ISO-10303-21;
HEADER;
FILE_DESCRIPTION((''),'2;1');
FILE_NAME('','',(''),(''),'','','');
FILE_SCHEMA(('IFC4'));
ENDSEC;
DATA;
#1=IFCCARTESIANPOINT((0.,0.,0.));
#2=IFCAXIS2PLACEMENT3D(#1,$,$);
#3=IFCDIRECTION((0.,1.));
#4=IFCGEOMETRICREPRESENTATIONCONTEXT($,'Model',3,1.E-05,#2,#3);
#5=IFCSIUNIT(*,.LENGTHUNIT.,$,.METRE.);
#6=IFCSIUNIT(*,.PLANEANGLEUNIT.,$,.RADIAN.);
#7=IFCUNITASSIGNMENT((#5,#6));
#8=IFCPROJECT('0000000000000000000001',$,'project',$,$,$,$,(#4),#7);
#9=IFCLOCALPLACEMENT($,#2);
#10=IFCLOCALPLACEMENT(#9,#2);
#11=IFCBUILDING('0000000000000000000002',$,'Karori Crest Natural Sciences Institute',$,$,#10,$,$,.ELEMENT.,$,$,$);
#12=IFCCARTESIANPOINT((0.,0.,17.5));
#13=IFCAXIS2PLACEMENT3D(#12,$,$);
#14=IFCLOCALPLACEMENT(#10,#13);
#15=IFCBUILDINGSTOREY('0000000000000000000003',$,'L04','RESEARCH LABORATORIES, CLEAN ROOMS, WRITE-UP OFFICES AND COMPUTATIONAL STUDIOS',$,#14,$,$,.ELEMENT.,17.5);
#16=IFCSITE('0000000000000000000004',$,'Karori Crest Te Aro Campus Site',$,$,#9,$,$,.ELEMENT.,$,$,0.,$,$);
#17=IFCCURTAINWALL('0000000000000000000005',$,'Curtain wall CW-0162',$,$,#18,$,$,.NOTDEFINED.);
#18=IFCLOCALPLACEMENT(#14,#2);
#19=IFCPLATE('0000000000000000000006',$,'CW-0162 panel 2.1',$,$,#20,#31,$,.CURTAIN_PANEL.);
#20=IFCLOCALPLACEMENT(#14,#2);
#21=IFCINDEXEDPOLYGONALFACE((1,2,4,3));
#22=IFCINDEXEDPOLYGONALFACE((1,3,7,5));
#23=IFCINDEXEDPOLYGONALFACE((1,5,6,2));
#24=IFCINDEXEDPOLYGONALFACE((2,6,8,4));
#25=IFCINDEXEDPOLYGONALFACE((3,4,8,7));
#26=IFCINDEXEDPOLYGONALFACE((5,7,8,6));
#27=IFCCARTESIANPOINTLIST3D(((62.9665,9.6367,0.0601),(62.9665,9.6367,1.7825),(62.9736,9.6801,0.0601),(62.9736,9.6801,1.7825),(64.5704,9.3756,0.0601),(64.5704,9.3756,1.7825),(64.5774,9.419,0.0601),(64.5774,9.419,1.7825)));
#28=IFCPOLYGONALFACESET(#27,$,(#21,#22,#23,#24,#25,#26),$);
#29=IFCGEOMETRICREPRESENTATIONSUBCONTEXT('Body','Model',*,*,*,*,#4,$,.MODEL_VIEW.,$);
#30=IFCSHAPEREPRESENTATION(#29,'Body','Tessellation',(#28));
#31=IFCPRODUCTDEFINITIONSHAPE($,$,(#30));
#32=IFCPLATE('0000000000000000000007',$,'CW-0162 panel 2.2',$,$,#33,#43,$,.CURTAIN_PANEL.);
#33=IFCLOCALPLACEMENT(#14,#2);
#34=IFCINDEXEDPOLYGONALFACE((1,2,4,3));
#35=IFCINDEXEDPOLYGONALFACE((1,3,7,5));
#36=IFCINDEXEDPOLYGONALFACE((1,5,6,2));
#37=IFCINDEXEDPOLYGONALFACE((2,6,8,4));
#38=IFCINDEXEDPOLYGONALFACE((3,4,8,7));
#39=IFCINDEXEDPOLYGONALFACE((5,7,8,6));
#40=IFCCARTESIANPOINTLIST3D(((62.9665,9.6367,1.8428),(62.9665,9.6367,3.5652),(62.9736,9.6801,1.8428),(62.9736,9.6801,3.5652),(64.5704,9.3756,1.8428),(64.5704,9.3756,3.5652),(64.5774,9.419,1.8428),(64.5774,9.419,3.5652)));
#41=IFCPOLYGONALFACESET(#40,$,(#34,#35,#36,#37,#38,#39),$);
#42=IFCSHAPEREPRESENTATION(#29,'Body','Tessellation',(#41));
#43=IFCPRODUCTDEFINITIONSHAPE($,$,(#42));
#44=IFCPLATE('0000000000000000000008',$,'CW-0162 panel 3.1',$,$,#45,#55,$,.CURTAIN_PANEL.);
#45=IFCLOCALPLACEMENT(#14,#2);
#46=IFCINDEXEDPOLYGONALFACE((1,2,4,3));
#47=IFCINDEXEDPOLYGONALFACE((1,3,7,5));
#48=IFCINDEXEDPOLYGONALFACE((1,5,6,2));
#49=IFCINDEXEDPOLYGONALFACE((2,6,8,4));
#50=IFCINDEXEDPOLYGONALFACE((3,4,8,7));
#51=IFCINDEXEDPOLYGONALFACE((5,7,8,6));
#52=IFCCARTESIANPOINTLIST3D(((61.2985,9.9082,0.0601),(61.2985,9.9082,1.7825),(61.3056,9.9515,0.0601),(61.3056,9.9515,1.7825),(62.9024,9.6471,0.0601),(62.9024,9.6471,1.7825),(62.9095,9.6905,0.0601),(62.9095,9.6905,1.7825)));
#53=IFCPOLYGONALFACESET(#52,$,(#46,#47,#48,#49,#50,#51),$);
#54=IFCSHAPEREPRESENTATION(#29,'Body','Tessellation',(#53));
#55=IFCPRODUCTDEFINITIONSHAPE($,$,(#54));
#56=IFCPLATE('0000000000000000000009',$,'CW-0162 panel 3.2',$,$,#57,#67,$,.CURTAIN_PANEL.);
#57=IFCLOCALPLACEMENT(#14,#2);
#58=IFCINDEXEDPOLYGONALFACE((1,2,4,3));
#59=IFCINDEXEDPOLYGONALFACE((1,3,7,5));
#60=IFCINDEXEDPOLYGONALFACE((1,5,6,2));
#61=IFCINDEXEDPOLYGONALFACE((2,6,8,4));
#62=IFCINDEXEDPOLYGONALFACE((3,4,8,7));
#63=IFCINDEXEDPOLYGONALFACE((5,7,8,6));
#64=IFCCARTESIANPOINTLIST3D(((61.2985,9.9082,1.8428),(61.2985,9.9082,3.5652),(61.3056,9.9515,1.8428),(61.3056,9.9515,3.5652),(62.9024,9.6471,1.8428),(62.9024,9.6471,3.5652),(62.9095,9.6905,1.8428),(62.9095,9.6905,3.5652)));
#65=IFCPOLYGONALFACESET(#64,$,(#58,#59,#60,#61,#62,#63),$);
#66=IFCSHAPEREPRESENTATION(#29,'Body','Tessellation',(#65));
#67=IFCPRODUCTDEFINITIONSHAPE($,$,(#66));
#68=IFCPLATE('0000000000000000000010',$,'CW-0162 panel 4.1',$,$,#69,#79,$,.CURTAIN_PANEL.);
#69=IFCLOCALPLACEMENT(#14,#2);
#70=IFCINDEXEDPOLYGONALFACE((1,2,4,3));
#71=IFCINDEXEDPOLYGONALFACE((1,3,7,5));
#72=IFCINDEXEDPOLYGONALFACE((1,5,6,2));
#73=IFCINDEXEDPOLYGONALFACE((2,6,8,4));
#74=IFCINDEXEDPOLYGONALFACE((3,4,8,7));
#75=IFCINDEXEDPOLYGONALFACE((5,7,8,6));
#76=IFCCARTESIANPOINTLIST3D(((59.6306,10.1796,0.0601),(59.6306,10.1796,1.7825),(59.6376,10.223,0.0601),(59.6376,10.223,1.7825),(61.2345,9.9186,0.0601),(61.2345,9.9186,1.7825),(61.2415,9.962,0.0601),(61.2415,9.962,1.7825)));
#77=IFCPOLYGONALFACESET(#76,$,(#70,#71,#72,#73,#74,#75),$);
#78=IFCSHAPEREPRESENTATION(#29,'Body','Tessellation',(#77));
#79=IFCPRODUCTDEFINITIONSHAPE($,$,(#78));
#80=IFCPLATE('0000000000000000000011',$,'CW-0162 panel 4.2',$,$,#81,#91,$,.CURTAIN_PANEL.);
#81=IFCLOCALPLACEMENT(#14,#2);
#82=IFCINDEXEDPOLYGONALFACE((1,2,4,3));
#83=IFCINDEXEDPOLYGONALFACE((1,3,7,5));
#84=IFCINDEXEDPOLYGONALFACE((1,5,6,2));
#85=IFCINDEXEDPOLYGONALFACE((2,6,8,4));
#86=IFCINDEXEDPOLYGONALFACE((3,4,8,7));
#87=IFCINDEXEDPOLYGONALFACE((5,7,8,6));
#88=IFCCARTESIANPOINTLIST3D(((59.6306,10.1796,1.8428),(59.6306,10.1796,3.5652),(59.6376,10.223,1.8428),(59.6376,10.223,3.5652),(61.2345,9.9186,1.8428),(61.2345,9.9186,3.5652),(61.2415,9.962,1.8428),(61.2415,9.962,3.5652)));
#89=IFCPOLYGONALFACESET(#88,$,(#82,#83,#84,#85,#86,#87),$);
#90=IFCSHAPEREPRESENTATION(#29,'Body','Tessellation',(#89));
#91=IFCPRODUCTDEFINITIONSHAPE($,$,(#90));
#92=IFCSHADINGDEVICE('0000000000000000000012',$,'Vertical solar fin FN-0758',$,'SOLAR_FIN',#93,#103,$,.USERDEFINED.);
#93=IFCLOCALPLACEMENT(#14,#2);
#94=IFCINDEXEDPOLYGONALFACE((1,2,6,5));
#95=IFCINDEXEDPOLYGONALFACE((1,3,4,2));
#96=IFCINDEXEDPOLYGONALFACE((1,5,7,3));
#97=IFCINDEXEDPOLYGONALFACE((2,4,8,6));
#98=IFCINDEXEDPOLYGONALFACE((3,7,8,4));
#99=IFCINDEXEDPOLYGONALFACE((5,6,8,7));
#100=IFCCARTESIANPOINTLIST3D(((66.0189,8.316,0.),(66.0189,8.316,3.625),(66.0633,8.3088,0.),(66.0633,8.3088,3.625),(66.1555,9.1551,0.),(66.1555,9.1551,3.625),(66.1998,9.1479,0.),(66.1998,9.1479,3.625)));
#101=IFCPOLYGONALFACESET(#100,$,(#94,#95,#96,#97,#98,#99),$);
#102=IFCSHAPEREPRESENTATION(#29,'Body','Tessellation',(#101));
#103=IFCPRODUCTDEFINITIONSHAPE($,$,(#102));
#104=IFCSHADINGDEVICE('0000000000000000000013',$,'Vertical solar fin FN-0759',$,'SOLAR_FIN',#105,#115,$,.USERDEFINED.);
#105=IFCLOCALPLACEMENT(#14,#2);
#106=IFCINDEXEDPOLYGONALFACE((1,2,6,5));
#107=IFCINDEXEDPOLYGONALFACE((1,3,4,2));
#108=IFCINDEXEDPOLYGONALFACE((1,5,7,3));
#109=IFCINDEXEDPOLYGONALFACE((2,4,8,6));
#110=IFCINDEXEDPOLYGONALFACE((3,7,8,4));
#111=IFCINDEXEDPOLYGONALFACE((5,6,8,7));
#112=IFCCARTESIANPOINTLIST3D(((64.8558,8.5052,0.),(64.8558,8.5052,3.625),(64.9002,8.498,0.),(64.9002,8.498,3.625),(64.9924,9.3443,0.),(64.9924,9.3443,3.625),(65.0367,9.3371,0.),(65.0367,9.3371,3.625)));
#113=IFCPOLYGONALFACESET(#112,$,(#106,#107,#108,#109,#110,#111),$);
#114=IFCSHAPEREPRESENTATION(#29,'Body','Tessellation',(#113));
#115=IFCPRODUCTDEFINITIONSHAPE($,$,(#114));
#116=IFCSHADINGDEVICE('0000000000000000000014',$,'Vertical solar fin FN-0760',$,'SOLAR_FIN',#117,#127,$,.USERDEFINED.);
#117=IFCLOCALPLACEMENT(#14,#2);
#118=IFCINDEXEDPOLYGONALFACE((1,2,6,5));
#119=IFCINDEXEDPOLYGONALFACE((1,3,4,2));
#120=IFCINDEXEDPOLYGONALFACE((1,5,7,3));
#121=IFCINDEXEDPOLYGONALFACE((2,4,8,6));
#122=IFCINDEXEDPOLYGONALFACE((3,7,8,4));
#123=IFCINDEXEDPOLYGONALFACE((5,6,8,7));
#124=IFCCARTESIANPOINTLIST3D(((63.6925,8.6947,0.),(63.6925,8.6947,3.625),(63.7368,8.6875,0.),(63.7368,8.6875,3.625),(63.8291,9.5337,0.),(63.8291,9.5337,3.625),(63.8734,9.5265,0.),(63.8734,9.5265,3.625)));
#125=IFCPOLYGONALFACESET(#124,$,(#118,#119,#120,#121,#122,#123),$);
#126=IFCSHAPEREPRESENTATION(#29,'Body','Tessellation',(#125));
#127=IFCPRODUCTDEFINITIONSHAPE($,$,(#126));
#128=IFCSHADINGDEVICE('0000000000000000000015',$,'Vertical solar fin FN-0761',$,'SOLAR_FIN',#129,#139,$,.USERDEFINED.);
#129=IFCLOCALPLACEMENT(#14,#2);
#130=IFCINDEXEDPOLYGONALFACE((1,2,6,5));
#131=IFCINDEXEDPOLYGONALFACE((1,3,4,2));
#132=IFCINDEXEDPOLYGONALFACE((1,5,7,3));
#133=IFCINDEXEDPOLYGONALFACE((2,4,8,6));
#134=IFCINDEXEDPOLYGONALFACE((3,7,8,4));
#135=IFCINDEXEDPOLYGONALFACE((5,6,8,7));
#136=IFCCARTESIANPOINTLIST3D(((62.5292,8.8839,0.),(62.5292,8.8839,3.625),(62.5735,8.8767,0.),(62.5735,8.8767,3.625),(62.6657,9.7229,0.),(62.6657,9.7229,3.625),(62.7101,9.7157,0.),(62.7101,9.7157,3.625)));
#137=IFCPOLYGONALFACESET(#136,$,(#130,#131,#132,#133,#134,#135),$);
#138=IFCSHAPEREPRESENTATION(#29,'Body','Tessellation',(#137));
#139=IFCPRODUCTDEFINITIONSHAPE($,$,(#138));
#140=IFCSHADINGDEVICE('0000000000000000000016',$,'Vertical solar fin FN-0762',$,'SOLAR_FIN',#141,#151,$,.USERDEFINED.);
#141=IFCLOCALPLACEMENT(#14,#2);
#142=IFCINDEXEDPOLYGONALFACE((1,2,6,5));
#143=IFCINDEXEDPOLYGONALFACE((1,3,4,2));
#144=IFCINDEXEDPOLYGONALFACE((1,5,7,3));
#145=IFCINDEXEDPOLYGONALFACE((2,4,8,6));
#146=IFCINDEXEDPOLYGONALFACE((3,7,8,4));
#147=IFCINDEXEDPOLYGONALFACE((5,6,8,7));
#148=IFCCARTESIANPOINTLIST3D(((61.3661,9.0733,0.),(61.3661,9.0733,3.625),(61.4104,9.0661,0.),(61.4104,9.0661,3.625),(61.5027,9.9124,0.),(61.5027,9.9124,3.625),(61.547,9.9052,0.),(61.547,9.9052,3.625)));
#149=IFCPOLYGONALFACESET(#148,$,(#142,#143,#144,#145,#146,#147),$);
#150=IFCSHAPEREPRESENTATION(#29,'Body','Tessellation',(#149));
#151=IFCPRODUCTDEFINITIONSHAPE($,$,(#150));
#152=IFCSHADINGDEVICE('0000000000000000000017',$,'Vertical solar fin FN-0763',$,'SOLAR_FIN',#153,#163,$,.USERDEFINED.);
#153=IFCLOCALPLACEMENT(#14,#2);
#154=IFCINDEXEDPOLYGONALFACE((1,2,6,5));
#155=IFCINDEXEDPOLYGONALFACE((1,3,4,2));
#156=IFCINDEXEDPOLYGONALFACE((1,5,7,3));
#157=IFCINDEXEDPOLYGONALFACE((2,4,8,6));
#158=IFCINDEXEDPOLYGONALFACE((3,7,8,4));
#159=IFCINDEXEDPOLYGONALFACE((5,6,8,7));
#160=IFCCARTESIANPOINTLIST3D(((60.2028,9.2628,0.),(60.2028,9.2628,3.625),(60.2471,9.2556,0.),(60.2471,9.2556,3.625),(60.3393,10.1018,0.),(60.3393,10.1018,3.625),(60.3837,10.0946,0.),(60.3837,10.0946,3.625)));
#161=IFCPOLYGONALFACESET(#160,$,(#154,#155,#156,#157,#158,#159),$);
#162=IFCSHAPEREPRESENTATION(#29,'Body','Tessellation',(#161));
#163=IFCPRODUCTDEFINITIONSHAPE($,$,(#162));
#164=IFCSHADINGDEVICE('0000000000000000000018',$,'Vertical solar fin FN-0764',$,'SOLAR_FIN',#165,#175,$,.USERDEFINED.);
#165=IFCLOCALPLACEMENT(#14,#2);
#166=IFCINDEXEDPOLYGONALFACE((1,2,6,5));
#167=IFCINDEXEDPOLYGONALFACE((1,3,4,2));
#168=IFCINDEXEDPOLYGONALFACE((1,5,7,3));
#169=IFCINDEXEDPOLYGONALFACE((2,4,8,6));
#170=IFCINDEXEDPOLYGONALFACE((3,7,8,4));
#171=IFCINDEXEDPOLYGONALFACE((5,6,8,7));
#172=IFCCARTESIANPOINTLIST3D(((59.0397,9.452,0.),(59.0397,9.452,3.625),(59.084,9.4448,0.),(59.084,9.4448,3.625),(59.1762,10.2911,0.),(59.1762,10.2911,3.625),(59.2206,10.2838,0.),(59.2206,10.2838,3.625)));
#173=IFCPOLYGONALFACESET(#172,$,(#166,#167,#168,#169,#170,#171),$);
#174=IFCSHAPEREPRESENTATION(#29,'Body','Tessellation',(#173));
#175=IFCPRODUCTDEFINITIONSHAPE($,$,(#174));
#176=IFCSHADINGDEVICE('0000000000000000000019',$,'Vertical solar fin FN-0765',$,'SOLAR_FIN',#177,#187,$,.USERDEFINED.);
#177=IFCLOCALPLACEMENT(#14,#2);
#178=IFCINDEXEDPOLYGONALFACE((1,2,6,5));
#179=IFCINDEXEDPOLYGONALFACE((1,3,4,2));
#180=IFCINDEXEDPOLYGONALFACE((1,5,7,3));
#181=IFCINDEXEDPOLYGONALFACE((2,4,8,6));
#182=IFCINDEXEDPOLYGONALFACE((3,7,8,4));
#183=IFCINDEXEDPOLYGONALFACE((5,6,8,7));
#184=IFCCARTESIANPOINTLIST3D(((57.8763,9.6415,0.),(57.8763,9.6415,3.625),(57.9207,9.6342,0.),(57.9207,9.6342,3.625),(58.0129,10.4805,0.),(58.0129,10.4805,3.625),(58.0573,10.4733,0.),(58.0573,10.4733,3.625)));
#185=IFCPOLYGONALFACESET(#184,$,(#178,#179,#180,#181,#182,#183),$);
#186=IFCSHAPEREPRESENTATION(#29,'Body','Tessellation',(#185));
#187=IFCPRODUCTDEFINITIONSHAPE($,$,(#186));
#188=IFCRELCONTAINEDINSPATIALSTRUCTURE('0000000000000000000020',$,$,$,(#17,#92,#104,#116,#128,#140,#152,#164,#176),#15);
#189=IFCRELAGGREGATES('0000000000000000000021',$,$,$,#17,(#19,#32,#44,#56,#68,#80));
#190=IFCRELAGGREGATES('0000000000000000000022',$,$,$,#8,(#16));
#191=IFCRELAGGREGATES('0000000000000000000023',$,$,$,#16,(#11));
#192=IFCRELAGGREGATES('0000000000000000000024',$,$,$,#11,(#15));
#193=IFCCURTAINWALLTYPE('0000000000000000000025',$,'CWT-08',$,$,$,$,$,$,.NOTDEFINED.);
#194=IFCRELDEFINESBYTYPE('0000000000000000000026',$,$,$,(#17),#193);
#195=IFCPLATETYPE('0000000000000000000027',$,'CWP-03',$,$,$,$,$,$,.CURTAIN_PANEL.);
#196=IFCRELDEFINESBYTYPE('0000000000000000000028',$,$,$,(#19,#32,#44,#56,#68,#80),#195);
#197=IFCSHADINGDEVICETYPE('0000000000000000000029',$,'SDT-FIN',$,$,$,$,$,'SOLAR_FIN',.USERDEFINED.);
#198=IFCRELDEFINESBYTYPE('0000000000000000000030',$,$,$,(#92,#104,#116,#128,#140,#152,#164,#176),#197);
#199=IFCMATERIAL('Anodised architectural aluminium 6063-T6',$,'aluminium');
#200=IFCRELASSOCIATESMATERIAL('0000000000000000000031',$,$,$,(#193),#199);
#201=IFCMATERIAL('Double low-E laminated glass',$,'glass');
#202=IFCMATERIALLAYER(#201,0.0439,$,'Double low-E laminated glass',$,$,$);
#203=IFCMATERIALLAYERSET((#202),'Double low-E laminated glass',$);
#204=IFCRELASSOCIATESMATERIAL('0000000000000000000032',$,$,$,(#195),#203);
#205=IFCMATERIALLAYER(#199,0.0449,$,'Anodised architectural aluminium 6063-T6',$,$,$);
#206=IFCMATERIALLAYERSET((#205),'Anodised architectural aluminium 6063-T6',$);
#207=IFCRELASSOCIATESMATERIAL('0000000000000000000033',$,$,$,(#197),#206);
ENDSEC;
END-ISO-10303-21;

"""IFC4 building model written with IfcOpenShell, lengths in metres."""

from ifc_helpers import new_model, si_unit, direction, frame, origin, origin_2d, place, context, subcontext, project, spatial, rectangle, extrude, material, layer, layer_set, type_object, element, aggregate, save


model = new_model("IFC4")

# Units and contexts
model_context = context("Model", 3, precision=1e-05, world=origin(), true_north=direction((0.0, 1.0)))
body_context = subcontext(model_context, "Body", "Model", "MODEL_VIEW")
ifc_project = project(units=[si_unit("LENGTHUNIT", "METRE"), si_unit("PLANEANGLEUNIT", "RADIAN")], contexts=[model_context])

# Site, building, storey
site_placement = place(None, origin())
site = spatial("IfcSite", under=ifc_project, at=site_placement, Name="Karori Crest Te Aro Campus Site", CompositionType="ELEMENT", RefElevation=0.0)
building_placement = place(site_placement, origin())
building = spatial("IfcBuilding", under=site, at=building_placement, Name="Karori Crest Natural Sciences Institute", CompositionType="ELEMENT")
storey_placement = place(building_placement, frame((0.0, 0.0, 17.5)))
storey = spatial("IfcBuildingStorey", under=building, at=storey_placement, Name="L04", Description="RESEARCH LABORATORIES, CLEAN ROOMS, WRITE-UP OFFICES AND COMPUTATIONAL STUDIOS", CompositionType="ELEMENT", Elevation=17.5)

# Curtain wall, plates
ifc_material_1 = material(Name="Anodised architectural aluminium 6063-T6", Category="aluminium")
curtain_wall_type = type_object("IfcCurtainWallType", Name="CWT-08", PredefinedType="NOTDEFINED", material=ifc_material_1)
curtain_wall_placement = place(storey_placement, origin())
curtain_wall = element("IfcCurtainWall", 1, at=curtain_wall_placement, inside=storey, type_object=curtain_wall_type, Name="Curtain wall CW-0162", PredefinedType="NOTDEFINED")
ifc_material_2 = material(Name="Double low-E laminated glass", Category="glass")
ifc_layer_1 = layer(ifc_material_2, 0.0439, Name="Double low-E laminated glass")
ifc_layer_set_1 = layer_set([ifc_layer_1], Name="Double low-E laminated glass")
plate_type = type_object("IfcPlateType", Name="CWP-03", PredefinedType="CURTAIN_PANEL", material=ifc_layer_set_1)
plate_1_placement = place(storey_placement, frame((63.772, 9.5278, 0.0601), z_axis=(0.0, 0.0, 1.0), x_axis=(-0.987011, 0.160655, 0.0)))
plate_1 = element("IfcPlate", 2, at=plate_1_placement, type_object=plate_type, Name="CW-0162 panel 2.1", PredefinedType="CURTAIN_PANEL", context=body_context, shape_type="SweptSolid", body=[
    extrude(rectangle(XDim=1.625, YDim=0.0439, at=origin_2d()), origin(), (0.0, 0.0, 1.0), 1.7224),
])
plate_2_placement = place(storey_placement, frame((63.772, 9.5278, 1.8428), z_axis=(0.0, 0.0, 1.0), x_axis=(-0.987011, 0.160655, 0.0)))
plate_2 = element("IfcPlate", 3, at=plate_2_placement, type_object=plate_type, Name="CW-0162 panel 2.2", PredefinedType="CURTAIN_PANEL", context=body_context, shape_type="SweptSolid", body=[
    extrude(rectangle(XDim=1.625, YDim=0.0439, at=origin_2d()), origin(), (0.0, 0.0, 1.0), 1.7224),
])
plate_3_placement = place(storey_placement, frame((62.104, 9.7993, 0.0601), z_axis=(0.0, 0.0, 1.0), x_axis=(-0.987011, 0.160655, 0.0)))
plate_3 = element("IfcPlate", 4, at=plate_3_placement, type_object=plate_type, Name="CW-0162 panel 3.1", PredefinedType="CURTAIN_PANEL", context=body_context, shape_type="SweptSolid", body=[
    extrude(rectangle(XDim=1.625, YDim=0.0439, at=origin_2d()), origin(), (0.0, 0.0, 1.0), 1.7224),
])
plate_4_placement = place(storey_placement, frame((62.104, 9.7993, 1.8428), z_axis=(0.0, 0.0, 1.0), x_axis=(-0.987011, 0.160655, 0.0)))
plate_4 = element("IfcPlate", 5, at=plate_4_placement, type_object=plate_type, Name="CW-0162 panel 3.2", PredefinedType="CURTAIN_PANEL", context=body_context, shape_type="SweptSolid", body=[
    extrude(rectangle(XDim=1.625, YDim=0.0439, at=origin_2d()), origin(), (0.0, 0.0, 1.0), 1.7224),
])
plate_5_placement = place(storey_placement, frame((60.436, 10.0708, 0.0601), z_axis=(0.0, 0.0, 1.0), x_axis=(-0.987011, 0.160655, 0.0)))
plate_5 = element("IfcPlate", 6, at=plate_5_placement, type_object=plate_type, Name="CW-0162 panel 4.1", PredefinedType="CURTAIN_PANEL", context=body_context, shape_type="SweptSolid", body=[
    extrude(rectangle(XDim=1.625, YDim=0.0439, at=origin_2d()), origin(), (0.0, 0.0, 1.0), 1.7224),
])
plate_6_placement = place(storey_placement, frame((60.436, 10.0708, 1.8428), z_axis=(0.0, 0.0, 1.0), x_axis=(-0.987011, 0.160655, 0.0)))
plate_6 = element("IfcPlate", 7, at=plate_6_placement, type_object=plate_type, Name="CW-0162 panel 4.2", PredefinedType="CURTAIN_PANEL", context=body_context, shape_type="SweptSolid", body=[
    extrude(rectangle(XDim=1.625, YDim=0.0439, at=origin_2d()), origin(), (0.0, 0.0, 1.0), 1.7224),
])
aggregate(curtain_wall, [plate_1, plate_2, plate_3, plate_4, plate_5, plate_6])

# Shading devices
ifc_layer_2 = layer(ifc_material_1, 0.0449, Name="Anodised architectural aluminium 6063-T6")
ifc_layer_set_2 = layer_set([ifc_layer_2], Name="Anodised architectural aluminium 6063-T6")
shading_device_type = type_object("IfcShadingDeviceType", Name="SDT-FIN", ElementType="SOLAR_FIN", PredefinedType="USERDEFINED", material=ifc_layer_set_2)
for number, where, z_axis, x_axis, name in (
    (8, (66.1094, 8.7319, 0.0), (0.0, 0.0, 1.0), (-0.160655, -0.987011, 0.0), "Vertical solar fin FN-0758"),
    (9, (64.9463, 8.9211, 0.0), (0.0, 0.0, 1.0), (-0.160655, -0.987011, 0.0), "Vertical solar fin FN-0759"),
    (10, (63.783, 9.1106, 0.0), (0.0, 0.0, 1.0), (-0.160655, -0.987011, 0.0), "Vertical solar fin FN-0760"),
    (11, (62.6196, 9.2998, 0.0), (0.0, 0.0, 1.0), (-0.160655, -0.987011, 0.0), "Vertical solar fin FN-0761"),
    (12, (61.4565, 9.4893, 0.0), (0.0, 0.0, 1.0), (-0.160655, -0.987011, 0.0), "Vertical solar fin FN-0762"),
    (13, (60.2932, 9.6787, 0.0), (0.0, 0.0, 1.0), (-0.160655, -0.987011, 0.0), "Vertical solar fin FN-0763"),
    (14, (59.1301, 9.8679, 0.0), (0.0, 0.0, 1.0), (-0.160655, -0.987011, 0.0), "Vertical solar fin FN-0764"),
    (15, (57.9668, 10.0574, 0.0), (0.0, 0.0, 1.0), (-0.160655, -0.987011, 0.0), "Vertical solar fin FN-0765"),
):
    element("IfcShadingDevice", number, at=place(storey_placement, frame(where, z_axis=z_axis, x_axis=x_axis)), inside=storey, type_object=shading_device_type, Name=name, ObjectType="SOLAR_FIN", PredefinedType="USERDEFINED", context=body_context, shape_type="SweptSolid", body=[
        extrude(rectangle(XDim=0.8501, YDim=0.0449, at=origin_2d()), origin(), (0.0, 0.0, 1.0), 3.625),
    ])

save(model, "model.ifc")
